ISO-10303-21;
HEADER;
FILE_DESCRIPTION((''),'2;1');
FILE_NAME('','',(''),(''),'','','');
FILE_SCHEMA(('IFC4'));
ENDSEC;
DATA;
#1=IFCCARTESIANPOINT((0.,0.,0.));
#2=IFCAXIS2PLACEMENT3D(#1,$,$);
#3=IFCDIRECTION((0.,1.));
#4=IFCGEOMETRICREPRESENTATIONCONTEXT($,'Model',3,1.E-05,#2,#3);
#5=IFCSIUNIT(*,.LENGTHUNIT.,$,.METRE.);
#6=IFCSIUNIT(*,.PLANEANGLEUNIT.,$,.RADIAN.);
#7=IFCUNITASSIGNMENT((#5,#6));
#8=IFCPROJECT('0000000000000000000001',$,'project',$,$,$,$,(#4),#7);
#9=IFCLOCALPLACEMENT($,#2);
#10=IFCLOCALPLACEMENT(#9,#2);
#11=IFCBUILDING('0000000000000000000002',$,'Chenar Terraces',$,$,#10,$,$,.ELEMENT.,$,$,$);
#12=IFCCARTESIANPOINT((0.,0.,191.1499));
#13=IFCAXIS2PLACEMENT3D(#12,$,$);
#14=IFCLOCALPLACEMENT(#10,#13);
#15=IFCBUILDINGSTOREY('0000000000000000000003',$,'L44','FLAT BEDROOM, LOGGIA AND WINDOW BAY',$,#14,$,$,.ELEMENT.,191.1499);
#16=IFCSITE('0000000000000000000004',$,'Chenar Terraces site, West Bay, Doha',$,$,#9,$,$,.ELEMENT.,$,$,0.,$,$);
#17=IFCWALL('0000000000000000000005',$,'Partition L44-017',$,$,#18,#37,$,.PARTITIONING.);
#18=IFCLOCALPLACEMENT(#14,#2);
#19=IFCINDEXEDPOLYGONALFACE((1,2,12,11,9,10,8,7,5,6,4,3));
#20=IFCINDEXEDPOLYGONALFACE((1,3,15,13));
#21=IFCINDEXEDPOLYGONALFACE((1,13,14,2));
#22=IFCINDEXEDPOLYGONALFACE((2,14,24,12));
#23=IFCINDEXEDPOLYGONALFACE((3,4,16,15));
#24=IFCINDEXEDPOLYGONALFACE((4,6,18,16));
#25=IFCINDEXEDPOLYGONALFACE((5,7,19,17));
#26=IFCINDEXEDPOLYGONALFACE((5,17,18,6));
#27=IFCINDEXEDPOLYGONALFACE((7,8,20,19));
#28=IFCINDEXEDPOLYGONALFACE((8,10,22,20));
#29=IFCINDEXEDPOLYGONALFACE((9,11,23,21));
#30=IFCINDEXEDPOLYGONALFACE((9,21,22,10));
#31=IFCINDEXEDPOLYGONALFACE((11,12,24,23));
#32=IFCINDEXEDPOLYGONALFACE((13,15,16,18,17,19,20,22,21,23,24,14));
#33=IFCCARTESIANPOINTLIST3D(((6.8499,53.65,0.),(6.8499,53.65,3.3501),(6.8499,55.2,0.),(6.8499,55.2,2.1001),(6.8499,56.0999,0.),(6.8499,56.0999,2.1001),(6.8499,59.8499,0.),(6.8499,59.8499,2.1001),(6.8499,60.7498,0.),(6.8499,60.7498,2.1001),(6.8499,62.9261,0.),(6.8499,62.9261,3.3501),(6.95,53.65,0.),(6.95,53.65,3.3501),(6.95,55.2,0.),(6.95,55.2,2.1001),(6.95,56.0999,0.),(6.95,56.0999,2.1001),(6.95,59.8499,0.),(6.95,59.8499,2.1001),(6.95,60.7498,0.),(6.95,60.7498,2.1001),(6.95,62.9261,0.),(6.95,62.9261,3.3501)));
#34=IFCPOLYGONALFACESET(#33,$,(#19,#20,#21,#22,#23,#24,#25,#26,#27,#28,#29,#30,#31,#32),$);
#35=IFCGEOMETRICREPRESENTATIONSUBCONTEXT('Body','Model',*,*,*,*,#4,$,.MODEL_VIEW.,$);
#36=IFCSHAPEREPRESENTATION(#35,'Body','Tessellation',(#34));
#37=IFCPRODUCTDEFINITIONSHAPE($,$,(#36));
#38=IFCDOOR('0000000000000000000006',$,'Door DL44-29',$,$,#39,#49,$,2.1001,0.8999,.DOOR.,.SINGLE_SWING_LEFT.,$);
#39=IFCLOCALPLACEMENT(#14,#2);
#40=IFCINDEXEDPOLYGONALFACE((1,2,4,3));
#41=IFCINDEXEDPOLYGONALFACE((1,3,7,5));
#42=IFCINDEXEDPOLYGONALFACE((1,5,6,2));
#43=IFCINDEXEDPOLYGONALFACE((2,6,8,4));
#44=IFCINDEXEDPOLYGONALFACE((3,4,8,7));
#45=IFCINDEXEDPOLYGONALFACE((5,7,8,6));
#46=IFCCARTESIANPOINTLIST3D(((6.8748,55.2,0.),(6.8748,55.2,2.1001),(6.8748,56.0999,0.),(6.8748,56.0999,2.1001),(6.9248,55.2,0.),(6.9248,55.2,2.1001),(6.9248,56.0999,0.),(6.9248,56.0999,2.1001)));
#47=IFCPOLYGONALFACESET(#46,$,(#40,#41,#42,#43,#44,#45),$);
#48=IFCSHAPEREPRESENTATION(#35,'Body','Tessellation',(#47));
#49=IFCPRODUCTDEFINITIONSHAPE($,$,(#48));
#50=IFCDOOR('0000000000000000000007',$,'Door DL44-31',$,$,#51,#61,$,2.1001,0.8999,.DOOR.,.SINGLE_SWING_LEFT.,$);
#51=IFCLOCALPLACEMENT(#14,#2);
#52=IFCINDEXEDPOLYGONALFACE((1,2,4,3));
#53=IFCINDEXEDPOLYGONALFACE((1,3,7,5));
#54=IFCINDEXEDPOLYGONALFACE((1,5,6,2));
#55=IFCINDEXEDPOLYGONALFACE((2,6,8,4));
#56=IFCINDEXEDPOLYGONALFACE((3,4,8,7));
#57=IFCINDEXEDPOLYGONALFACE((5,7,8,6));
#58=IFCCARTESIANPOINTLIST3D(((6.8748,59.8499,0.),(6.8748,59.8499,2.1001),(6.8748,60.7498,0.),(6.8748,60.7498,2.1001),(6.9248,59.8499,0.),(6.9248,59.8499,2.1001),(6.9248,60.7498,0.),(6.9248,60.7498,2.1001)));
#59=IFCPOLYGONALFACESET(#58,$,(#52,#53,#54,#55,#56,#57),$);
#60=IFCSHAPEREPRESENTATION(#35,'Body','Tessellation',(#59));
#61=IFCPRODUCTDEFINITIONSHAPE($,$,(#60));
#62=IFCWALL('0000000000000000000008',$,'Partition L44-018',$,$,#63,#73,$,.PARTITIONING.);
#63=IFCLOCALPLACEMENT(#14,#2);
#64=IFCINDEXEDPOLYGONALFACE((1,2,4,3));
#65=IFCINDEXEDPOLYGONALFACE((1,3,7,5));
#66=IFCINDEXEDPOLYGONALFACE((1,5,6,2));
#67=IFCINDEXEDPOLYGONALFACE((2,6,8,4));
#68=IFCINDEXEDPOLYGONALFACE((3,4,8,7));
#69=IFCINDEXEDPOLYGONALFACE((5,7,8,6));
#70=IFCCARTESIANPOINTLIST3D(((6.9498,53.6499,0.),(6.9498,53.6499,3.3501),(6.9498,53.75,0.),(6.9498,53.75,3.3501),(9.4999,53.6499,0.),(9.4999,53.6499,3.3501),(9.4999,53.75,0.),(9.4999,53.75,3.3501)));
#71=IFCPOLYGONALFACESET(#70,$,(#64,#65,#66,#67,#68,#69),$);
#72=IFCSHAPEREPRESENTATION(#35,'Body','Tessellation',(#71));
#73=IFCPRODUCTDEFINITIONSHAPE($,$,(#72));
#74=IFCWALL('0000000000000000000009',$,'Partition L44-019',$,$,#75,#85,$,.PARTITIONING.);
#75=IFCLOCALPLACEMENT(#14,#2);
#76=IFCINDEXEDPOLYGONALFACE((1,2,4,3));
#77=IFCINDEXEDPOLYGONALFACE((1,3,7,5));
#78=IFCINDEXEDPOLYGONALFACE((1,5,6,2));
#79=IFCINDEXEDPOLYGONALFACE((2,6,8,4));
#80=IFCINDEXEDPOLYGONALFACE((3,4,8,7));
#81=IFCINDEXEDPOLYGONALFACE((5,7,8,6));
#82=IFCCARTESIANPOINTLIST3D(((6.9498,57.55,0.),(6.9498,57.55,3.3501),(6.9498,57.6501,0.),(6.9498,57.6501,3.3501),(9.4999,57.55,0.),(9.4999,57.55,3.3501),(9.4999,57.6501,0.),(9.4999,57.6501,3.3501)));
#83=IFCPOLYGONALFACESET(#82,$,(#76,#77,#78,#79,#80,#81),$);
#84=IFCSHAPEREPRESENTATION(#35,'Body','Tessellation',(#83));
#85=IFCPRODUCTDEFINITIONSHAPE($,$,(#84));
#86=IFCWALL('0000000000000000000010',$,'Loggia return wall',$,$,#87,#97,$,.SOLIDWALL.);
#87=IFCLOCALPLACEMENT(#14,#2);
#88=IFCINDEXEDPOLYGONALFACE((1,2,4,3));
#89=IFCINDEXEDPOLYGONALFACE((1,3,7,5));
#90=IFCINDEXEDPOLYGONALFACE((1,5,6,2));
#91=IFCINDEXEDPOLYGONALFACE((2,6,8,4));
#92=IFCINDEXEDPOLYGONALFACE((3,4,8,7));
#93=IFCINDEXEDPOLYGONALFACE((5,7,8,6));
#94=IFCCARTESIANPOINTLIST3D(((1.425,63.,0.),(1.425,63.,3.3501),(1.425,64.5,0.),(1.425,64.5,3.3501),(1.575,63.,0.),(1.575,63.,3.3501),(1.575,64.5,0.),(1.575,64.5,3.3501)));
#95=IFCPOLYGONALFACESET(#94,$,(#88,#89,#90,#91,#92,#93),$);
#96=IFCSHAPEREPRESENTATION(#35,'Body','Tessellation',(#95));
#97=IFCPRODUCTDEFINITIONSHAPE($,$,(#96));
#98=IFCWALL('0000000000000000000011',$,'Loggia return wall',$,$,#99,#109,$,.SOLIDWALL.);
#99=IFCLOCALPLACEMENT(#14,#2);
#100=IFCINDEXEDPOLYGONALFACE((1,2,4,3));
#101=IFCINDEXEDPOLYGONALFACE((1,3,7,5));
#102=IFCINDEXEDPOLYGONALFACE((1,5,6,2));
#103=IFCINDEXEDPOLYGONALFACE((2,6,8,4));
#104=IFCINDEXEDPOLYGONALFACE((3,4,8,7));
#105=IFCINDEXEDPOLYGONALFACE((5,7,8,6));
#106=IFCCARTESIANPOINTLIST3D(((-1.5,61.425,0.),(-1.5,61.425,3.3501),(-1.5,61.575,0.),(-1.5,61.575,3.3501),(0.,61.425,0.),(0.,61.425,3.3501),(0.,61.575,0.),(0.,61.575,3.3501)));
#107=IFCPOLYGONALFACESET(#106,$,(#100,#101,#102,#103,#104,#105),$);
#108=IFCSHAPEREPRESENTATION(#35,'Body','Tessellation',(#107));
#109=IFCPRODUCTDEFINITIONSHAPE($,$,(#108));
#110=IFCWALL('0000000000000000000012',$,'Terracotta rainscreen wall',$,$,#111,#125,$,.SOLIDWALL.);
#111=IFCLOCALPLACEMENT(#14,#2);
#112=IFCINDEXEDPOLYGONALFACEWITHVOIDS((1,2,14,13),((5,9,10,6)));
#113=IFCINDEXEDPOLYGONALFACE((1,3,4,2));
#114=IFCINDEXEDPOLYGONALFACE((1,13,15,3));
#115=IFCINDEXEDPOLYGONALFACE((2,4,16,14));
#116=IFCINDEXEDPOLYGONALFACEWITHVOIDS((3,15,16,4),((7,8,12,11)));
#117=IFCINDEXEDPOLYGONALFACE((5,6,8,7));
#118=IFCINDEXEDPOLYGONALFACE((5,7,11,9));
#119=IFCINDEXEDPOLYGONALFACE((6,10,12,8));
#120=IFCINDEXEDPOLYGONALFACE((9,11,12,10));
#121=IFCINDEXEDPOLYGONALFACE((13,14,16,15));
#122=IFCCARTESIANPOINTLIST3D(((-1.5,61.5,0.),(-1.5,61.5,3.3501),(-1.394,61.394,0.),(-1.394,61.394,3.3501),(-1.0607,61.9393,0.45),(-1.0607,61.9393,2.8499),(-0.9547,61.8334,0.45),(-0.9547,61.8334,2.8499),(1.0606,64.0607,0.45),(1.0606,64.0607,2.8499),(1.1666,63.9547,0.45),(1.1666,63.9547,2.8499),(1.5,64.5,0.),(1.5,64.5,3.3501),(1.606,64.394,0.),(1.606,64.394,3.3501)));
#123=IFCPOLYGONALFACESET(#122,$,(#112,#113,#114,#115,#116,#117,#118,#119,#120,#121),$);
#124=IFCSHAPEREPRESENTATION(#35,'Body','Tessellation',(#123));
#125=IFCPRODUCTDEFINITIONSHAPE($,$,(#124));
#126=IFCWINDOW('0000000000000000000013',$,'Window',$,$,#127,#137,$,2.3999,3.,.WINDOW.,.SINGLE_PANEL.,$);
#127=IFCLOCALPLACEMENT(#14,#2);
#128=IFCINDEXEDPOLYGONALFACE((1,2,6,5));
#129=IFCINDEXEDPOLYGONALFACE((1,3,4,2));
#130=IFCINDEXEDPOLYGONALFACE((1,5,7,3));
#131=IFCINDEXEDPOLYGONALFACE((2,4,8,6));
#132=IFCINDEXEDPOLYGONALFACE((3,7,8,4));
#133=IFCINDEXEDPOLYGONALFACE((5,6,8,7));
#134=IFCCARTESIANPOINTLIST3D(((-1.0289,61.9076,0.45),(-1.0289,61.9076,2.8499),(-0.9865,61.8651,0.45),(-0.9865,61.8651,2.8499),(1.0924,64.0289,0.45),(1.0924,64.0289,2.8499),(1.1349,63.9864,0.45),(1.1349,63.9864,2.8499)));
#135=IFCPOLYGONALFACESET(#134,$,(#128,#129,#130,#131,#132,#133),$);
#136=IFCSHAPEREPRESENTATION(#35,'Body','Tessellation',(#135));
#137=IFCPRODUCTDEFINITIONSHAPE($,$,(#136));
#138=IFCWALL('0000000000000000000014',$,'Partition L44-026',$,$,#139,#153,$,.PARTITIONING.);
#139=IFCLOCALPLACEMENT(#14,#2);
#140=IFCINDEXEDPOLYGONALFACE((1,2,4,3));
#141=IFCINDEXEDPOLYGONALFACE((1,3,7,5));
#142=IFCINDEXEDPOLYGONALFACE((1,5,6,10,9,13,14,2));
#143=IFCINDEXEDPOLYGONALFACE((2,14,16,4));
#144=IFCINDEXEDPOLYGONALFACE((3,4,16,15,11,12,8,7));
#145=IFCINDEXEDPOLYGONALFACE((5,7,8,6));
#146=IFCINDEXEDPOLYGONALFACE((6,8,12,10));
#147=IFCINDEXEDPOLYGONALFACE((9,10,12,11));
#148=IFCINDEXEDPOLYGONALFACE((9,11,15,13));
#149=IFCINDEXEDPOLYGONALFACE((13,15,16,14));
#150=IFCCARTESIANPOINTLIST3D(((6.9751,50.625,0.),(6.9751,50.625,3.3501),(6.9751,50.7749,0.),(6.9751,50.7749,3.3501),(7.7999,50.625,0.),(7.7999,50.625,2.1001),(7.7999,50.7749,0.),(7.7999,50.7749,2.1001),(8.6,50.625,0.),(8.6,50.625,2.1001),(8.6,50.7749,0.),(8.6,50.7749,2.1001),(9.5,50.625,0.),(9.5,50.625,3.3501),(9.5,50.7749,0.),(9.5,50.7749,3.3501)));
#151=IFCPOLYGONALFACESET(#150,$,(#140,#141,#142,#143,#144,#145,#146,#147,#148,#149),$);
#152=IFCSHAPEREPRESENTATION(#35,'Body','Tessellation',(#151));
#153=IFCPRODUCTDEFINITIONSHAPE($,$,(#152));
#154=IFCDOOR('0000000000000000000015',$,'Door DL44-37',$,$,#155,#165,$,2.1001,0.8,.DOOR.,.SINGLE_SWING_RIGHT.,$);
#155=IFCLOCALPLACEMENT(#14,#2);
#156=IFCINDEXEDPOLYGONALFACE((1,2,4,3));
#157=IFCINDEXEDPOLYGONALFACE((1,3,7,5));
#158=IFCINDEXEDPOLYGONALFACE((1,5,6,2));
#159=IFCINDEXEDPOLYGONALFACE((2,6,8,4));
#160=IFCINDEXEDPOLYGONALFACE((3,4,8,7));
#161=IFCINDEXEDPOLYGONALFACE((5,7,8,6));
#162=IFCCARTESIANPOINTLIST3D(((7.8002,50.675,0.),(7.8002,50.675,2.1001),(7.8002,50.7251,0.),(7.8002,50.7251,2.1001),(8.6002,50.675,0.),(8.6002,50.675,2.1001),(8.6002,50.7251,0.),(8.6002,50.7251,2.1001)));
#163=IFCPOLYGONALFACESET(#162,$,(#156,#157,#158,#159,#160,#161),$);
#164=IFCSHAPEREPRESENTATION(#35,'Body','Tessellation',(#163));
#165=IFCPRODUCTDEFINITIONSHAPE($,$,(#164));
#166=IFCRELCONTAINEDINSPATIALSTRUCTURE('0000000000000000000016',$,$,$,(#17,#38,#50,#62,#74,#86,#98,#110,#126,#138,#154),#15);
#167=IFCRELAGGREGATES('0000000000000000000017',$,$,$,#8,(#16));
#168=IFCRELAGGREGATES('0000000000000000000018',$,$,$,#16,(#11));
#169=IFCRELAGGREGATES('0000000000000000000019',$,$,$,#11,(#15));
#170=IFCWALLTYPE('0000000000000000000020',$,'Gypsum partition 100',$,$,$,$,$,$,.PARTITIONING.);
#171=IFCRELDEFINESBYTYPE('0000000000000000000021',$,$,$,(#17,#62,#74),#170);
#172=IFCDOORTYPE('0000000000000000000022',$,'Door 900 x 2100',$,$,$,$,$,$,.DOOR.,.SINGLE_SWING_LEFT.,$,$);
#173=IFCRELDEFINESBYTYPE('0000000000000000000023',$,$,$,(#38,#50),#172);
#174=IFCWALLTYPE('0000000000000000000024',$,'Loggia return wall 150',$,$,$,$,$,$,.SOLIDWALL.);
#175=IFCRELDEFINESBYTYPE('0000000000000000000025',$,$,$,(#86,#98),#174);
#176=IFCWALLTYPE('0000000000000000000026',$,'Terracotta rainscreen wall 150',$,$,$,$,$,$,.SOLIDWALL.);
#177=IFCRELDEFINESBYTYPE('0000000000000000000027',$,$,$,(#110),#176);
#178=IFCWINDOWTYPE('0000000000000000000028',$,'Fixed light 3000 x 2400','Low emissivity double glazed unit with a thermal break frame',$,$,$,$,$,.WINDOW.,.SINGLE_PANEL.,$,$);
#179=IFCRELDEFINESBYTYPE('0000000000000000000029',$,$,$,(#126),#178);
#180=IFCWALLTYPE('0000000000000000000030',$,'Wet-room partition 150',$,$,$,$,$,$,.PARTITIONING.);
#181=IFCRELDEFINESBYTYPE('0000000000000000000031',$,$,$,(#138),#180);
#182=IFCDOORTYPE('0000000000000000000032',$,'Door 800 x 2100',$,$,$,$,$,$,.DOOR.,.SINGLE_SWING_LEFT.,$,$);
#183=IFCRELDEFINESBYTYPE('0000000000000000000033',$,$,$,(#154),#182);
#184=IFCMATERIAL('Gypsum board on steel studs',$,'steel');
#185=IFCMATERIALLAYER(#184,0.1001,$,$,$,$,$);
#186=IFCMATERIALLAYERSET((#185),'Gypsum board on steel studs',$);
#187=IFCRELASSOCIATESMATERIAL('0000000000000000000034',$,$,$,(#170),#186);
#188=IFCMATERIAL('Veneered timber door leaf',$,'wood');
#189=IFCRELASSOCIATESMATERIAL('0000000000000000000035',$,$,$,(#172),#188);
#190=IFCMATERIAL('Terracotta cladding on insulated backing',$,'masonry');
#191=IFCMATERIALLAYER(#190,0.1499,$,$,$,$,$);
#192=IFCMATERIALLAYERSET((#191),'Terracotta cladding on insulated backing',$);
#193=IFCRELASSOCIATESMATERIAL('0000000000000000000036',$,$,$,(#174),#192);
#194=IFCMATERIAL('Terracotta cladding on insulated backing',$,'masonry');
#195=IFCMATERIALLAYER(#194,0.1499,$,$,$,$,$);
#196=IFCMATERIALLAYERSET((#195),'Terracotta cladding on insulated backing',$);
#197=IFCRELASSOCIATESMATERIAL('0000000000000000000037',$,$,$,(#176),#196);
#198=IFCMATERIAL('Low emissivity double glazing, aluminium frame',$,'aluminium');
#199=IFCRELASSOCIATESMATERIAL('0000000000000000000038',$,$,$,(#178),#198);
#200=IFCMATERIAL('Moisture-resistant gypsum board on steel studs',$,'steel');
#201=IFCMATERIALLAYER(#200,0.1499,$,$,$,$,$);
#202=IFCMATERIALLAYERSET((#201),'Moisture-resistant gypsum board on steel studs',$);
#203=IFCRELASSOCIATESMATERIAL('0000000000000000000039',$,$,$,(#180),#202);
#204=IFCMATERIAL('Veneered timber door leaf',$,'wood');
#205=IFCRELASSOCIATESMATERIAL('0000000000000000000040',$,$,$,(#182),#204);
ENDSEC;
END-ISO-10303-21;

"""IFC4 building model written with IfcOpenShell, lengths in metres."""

from ifc_helpers import new_model, si_unit, direction, frame, frame_2d, origin, place, context, subcontext, project, spatial, rectangle, extrude, material, layer, layer_set, type_object, element, fill, save


model = new_model("IFC4")

# Units and contexts
model_context = context("Model", 3, precision=1e-05, world=origin(), true_north=direction((0.0, 1.0)))
body_context = subcontext(model_context, "Body", "Model", "MODEL_VIEW")
ifc_project = project(units=[si_unit("LENGTHUNIT", "METRE"), si_unit("PLANEANGLEUNIT", "RADIAN")], contexts=[model_context])

# Site, building, storey
site_placement = place(None, origin())
site = spatial("IfcSite", under=ifc_project, at=site_placement, Name="Chenar Terraces site, West Bay, Doha", CompositionType="ELEMENT", RefElevation=0.0)
building_placement = place(site_placement, origin())
building = spatial("IfcBuilding", under=site, at=building_placement, Name="Chenar Terraces", CompositionType="ELEMENT")
storey_placement = place(building_placement, frame((0.0, 0.0, 191.1499)))
storey = spatial("IfcBuildingStorey", under=building, at=storey_placement, Name="L44", Description="FLAT BEDROOM, LOGGIA AND WINDOW BAY", CompositionType="ELEMENT", Elevation=191.1499)

# Shared definitions
ifc_material_1 = material(Name="Gypsum board on steel studs", Category="steel")
ifc_layer_1 = layer(ifc_material_1, 0.1001)
ifc_layer_set_1 = layer_set([ifc_layer_1], Name="Gypsum board on steel studs")
wall_type_1 = type_object("IfcWallType", Name="Gypsum partition 100", PredefinedType="PARTITIONING", material=ifc_layer_set_1)

# Wall, openings, doors
wall_1_placement = place(storey_placement, frame((6.8999, 53.6499, 0.0), z_axis=(0.0, 0.0, 1.0), x_axis=(0.0, 1.0, 0.0)))
wall_1 = element("IfcWall", 1, at=wall_1_placement, inside=storey, type_object=wall_type_1, Name="Partition L44-017", PredefinedType="PARTITIONING", context=body_context, shape_type="SweptSolid", body=[
    extrude(rectangle(XDim=9.2761, YDim=0.1001, at=frame_2d((4.6382, 0.0))), origin(), (0.0, 0.0, 1.0), 3.3501),
])
opening_1_placement = place(wall_1_placement, frame((1.55, 0.0, 0.0)))
opening_1 = element("IfcOpeningElement", 2, at=opening_1_placement, cuts=wall_1, PredefinedType="OPENING", context=body_context, shape_type="SweptSolid", body=[
    extrude(rectangle(XDim=0.8999, YDim=2.1001, at=frame_2d((0.45, 1.05))), frame((0.0, 0.0601, 0.0), z_axis=(0.0, -1.0, 0.0), x_axis=(1.0, 0.0, 0.0)), (0.0, 0.0, 1.0), 0.1201),
])
opening_2_placement = place(wall_1_placement, frame((6.2, 0.0, 0.0)))
opening_2 = element("IfcOpeningElement", 3, at=opening_2_placement, cuts=wall_1, PredefinedType="OPENING", context=body_context, shape_type="SweptSolid", body=[
    extrude(rectangle(XDim=0.8999, YDim=2.1001, at=frame_2d((0.45, 1.05))), frame((0.0, 0.0601, 0.0), z_axis=(0.0, -1.0, 0.0), x_axis=(1.0, 0.0, 0.0)), (0.0, 0.0, 1.0), 0.1201),
])
ifc_material_2 = material(Name="Veneered timber door leaf", Category="wood")
door_type_1 = type_object("IfcDoorType", Name="Door 900 x 2100", OperationType="SINGLE_SWING_LEFT", PredefinedType="DOOR", material=ifc_material_2)
door_1_placement = place(opening_1_placement, frame((0.8999, 0.0, 0.0), z_axis=(0.0, 0.0, 1.0), x_axis=(-1.0, 0.0, 0.0)))
door_1 = element("IfcDoor", 4, at=door_1_placement, inside=storey, type_object=door_type_1, Name="Door DL44-29", OperationType="SINGLE_SWING_LEFT", OverallHeight=2.1001, OverallWidth=0.8999, PredefinedType="DOOR", context=body_context, shape_type="SweptSolid", body=[
    extrude(rectangle(XDim=0.8999, YDim=2.1001, at=frame_2d((0.45, 1.05))), frame((0.0, 0.0249, 0.0), z_axis=(0.0, -1.0, 0.0), x_axis=(1.0, 0.0, 0.0)), (0.0, 0.0, 1.0), 0.05),
])
fill(opening_1, door_1)
door_2_placement = place(opening_2_placement, frame((0.8999, 0.0, 0.0), z_axis=(0.0, 0.0, 1.0), x_axis=(-1.0, 0.0, 0.0)))
door_2 = element("IfcDoor", 5, at=door_2_placement, inside=storey, type_object=door_type_1, Name="Door DL44-31", OperationType="SINGLE_SWING_LEFT", OverallHeight=2.1001, OverallWidth=0.8999, PredefinedType="DOOR", context=body_context, shape_type="SweptSolid", body=[
    extrude(rectangle(XDim=0.8999, YDim=2.1001, at=frame_2d((0.45, 1.05))), frame((0.0, 0.0249, 0.0), z_axis=(0.0, -1.0, 0.0), x_axis=(1.0, 0.0, 0.0)), (0.0, 0.0, 1.0), 0.05),
])
fill(opening_2, door_2)

# Walls
for number, where, z_axis, x_axis, name in (
    (6, (6.95, 53.7, 0.0), (0.0, 0.0, 1.0), (1.0, 0.0, 0.0), "Partition L44-018"),
    (7, (6.95, 57.6001, 0.0), (0.0, 0.0, 1.0), (1.0, 0.0, 0.0), "Partition L44-019"),
):
    element("IfcWall", number, at=place(storey_placement, frame(where, z_axis=z_axis, x_axis=x_axis)), inside=storey, type_object=wall_type_1, Name=name, PredefinedType="PARTITIONING", context=body_context, shape_type="SweptSolid", body=[
        extrude(rectangle(XDim=2.55, YDim=0.1001, at=frame_2d((1.2749, 0.0))), origin(), (0.0, 0.0, 1.0), 3.3501),
    ])
ifc_material_3 = material(Name="Terracotta cladding on insulated backing", Category="masonry")
ifc_layer_2 = layer(ifc_material_3, 0.1499)
ifc_layer_set_2 = layer_set([ifc_layer_2], Name="Terracotta cladding on insulated backing")
wall_type_2 = type_object("IfcWallType", Name="Loggia return wall 150", PredefinedType="SOLIDWALL", material=ifc_layer_set_2)
for number, where, z_axis, x_axis, name in (
    (8, (1.5, 64.5, 0.0), (0.0, 0.0, 1.0), (0.0, -1.0, 0.0), "Loggia return wall"),
    (9, (-1.5, 61.5, 0.0), (0.0, 0.0, 1.0), (1.0, 0.0, 0.0), "Loggia return wall"),
):
    element("IfcWall", number, at=place(storey_placement, frame(where, z_axis=z_axis, x_axis=x_axis)), inside=storey, type_object=wall_type_2, Name=name, PredefinedType="SOLIDWALL", context=body_context, shape_type="SweptSolid", body=[
        extrude(rectangle(XDim=1.5, YDim=0.1499, at=frame_2d((0.75, 0.0))), origin(), (0.0, 0.0, 1.0), 3.3501),
    ])

# Wall, opening, window
ifc_material_4 = material(Name="Terracotta cladding on insulated backing", Category="masonry")
ifc_layer_3 = layer(ifc_material_4, 0.1499)
ifc_layer_set_3 = layer_set([ifc_layer_3], Name="Terracotta cladding on insulated backing")
wall_type_3 = type_object("IfcWallType", Name="Terracotta rainscreen wall 150", PredefinedType="SOLIDWALL", material=ifc_layer_set_3)
wall_2_placement = place(storey_placement, frame((1.553, 64.447, 0.0), z_axis=(0.0, 0.0, 1.0), x_axis=(-0.707107, -0.707107, 0.0)))
wall_2 = element("IfcWall", 10, at=wall_2_placement, inside=storey, type_object=wall_type_3, Name="Terracotta rainscreen wall", PredefinedType="SOLIDWALL", context=body_context, shape_type="SweptSolid", body=[
    extrude(rectangle(XDim=4.2427, YDim=0.1499, at=frame_2d((2.1213, 0.0))), origin(), (0.0, 0.0, 1.0), 3.3501),
])
opening_3_placement = place(wall_2_placement, frame((0.6213, 0.0, 0.45)))
opening_3 = element("IfcOpeningElement", 11, at=opening_3_placement, cuts=wall_2, PredefinedType="OPENING", context=body_context, shape_type="SweptSolid", body=[
    extrude(rectangle(XDim=3.0, YDim=2.3999, at=frame_2d((1.5, 1.2))), frame((0.0, 0.085, 0.0), z_axis=(0.0, -1.0, 0.0), x_axis=(1.0, 0.0, 0.0)), (0.0, 0.0, 1.0), 0.1699),
])
ifc_material_5 = material(Name="Low emissivity double glazing, aluminium frame", Category="aluminium")
window_type_1 = type_object("IfcWindowType", Name="Fixed light 3000 x 2400", Description="Low emissivity double glazed unit with a thermal break frame", PartitioningType="SINGLE_PANEL", PredefinedType="WINDOW", material=ifc_material_5)
window_1_placement = place(opening_3_placement, origin())
window_1 = element("IfcWindow", 12, at=window_1_placement, inside=storey, type_object=window_type_1, Name="Window", OverallHeight=2.3999, OverallWidth=3.0, PartitioningType="SINGLE_PANEL", PredefinedType="WINDOW", context=body_context, shape_type="SweptSolid", body=[
    extrude(rectangle(XDim=3.0, YDim=2.3999, at=frame_2d((1.5, 1.2))), frame((0.0, 0.03, 0.0), z_axis=(0.0, -1.0, 0.0), x_axis=(1.0, 0.0, 0.0)), (0.0, 0.0, 1.0), 0.0601),
])
fill(opening_3, window_1)

# Wall, opening, door
ifc_material_6 = material(Name="Moisture-resistant gypsum board on steel studs", Category="steel")
ifc_layer_4 = layer(ifc_material_6, 0.1499)
ifc_layer_set_4 = layer_set([ifc_layer_4], Name="Moisture-resistant gypsum board on steel studs")
wall_type_4 = type_object("IfcWallType", Name="Wet-room partition 150", PredefinedType="PARTITIONING", material=ifc_layer_set_4)
wall_3_placement = place(storey_placement, frame((6.9751, 50.7, 0.0), z_axis=(0.0, 0.0, 1.0), x_axis=(1.0, 0.0, 0.0)))
wall_3 = element("IfcWall", 13, at=wall_3_placement, inside=storey, type_object=wall_type_4, Name="Partition L44-026", PredefinedType="PARTITIONING", context=body_context, shape_type="SweptSolid", body=[
    extrude(rectangle(XDim=2.5249, YDim=0.1499, at=frame_2d((1.2625, 0.0))), origin(), (0.0, 0.0, 1.0), 3.3501),
])
opening_4_placement = place(wall_3_placement, frame((0.825, 0.0, 0.0)))
opening_4 = element("IfcOpeningElement", 14, at=opening_4_placement, cuts=wall_3, PredefinedType="OPENING", context=body_context, shape_type="SweptSolid", body=[
    extrude(rectangle(XDim=0.8, YDim=2.1001, at=frame_2d((0.3999, 1.05))), frame((0.0, 0.085, 0.0), z_axis=(0.0, -1.0, 0.0), x_axis=(1.0, 0.0, 0.0)), (0.0, 0.0, 1.0), 0.1699),
])
ifc_material_7 = material(Name="Veneered timber door leaf", Category="wood")
door_type_2 = type_object("IfcDoorType", Name="Door 800 x 2100", OperationType="SINGLE_SWING_LEFT", PredefinedType="DOOR", material=ifc_material_7)
door_3_placement = place(opening_4_placement, frame((0.8, 0.0, 0.0), z_axis=(0.0, 0.0, 1.0), x_axis=(-1.0, 0.0, 0.0)))
door_3 = element("IfcDoor", 15, at=door_3_placement, inside=storey, type_object=door_type_2, Name="Door DL44-37", OperationType="SINGLE_SWING_RIGHT", OverallHeight=2.1001, OverallWidth=0.8, PredefinedType="DOOR", context=body_context, shape_type="SweptSolid", body=[
    extrude(rectangle(XDim=0.8, YDim=2.1001, at=frame_2d((0.3999, 1.05))), frame((0.0, 0.0249, 0.0), z_axis=(0.0, -1.0, 0.0), x_axis=(1.0, 0.0, 0.0)), (0.0, 0.0, 1.0), 0.05),
])
fill(opening_4, door_3)

save(model, "model.ifc")
